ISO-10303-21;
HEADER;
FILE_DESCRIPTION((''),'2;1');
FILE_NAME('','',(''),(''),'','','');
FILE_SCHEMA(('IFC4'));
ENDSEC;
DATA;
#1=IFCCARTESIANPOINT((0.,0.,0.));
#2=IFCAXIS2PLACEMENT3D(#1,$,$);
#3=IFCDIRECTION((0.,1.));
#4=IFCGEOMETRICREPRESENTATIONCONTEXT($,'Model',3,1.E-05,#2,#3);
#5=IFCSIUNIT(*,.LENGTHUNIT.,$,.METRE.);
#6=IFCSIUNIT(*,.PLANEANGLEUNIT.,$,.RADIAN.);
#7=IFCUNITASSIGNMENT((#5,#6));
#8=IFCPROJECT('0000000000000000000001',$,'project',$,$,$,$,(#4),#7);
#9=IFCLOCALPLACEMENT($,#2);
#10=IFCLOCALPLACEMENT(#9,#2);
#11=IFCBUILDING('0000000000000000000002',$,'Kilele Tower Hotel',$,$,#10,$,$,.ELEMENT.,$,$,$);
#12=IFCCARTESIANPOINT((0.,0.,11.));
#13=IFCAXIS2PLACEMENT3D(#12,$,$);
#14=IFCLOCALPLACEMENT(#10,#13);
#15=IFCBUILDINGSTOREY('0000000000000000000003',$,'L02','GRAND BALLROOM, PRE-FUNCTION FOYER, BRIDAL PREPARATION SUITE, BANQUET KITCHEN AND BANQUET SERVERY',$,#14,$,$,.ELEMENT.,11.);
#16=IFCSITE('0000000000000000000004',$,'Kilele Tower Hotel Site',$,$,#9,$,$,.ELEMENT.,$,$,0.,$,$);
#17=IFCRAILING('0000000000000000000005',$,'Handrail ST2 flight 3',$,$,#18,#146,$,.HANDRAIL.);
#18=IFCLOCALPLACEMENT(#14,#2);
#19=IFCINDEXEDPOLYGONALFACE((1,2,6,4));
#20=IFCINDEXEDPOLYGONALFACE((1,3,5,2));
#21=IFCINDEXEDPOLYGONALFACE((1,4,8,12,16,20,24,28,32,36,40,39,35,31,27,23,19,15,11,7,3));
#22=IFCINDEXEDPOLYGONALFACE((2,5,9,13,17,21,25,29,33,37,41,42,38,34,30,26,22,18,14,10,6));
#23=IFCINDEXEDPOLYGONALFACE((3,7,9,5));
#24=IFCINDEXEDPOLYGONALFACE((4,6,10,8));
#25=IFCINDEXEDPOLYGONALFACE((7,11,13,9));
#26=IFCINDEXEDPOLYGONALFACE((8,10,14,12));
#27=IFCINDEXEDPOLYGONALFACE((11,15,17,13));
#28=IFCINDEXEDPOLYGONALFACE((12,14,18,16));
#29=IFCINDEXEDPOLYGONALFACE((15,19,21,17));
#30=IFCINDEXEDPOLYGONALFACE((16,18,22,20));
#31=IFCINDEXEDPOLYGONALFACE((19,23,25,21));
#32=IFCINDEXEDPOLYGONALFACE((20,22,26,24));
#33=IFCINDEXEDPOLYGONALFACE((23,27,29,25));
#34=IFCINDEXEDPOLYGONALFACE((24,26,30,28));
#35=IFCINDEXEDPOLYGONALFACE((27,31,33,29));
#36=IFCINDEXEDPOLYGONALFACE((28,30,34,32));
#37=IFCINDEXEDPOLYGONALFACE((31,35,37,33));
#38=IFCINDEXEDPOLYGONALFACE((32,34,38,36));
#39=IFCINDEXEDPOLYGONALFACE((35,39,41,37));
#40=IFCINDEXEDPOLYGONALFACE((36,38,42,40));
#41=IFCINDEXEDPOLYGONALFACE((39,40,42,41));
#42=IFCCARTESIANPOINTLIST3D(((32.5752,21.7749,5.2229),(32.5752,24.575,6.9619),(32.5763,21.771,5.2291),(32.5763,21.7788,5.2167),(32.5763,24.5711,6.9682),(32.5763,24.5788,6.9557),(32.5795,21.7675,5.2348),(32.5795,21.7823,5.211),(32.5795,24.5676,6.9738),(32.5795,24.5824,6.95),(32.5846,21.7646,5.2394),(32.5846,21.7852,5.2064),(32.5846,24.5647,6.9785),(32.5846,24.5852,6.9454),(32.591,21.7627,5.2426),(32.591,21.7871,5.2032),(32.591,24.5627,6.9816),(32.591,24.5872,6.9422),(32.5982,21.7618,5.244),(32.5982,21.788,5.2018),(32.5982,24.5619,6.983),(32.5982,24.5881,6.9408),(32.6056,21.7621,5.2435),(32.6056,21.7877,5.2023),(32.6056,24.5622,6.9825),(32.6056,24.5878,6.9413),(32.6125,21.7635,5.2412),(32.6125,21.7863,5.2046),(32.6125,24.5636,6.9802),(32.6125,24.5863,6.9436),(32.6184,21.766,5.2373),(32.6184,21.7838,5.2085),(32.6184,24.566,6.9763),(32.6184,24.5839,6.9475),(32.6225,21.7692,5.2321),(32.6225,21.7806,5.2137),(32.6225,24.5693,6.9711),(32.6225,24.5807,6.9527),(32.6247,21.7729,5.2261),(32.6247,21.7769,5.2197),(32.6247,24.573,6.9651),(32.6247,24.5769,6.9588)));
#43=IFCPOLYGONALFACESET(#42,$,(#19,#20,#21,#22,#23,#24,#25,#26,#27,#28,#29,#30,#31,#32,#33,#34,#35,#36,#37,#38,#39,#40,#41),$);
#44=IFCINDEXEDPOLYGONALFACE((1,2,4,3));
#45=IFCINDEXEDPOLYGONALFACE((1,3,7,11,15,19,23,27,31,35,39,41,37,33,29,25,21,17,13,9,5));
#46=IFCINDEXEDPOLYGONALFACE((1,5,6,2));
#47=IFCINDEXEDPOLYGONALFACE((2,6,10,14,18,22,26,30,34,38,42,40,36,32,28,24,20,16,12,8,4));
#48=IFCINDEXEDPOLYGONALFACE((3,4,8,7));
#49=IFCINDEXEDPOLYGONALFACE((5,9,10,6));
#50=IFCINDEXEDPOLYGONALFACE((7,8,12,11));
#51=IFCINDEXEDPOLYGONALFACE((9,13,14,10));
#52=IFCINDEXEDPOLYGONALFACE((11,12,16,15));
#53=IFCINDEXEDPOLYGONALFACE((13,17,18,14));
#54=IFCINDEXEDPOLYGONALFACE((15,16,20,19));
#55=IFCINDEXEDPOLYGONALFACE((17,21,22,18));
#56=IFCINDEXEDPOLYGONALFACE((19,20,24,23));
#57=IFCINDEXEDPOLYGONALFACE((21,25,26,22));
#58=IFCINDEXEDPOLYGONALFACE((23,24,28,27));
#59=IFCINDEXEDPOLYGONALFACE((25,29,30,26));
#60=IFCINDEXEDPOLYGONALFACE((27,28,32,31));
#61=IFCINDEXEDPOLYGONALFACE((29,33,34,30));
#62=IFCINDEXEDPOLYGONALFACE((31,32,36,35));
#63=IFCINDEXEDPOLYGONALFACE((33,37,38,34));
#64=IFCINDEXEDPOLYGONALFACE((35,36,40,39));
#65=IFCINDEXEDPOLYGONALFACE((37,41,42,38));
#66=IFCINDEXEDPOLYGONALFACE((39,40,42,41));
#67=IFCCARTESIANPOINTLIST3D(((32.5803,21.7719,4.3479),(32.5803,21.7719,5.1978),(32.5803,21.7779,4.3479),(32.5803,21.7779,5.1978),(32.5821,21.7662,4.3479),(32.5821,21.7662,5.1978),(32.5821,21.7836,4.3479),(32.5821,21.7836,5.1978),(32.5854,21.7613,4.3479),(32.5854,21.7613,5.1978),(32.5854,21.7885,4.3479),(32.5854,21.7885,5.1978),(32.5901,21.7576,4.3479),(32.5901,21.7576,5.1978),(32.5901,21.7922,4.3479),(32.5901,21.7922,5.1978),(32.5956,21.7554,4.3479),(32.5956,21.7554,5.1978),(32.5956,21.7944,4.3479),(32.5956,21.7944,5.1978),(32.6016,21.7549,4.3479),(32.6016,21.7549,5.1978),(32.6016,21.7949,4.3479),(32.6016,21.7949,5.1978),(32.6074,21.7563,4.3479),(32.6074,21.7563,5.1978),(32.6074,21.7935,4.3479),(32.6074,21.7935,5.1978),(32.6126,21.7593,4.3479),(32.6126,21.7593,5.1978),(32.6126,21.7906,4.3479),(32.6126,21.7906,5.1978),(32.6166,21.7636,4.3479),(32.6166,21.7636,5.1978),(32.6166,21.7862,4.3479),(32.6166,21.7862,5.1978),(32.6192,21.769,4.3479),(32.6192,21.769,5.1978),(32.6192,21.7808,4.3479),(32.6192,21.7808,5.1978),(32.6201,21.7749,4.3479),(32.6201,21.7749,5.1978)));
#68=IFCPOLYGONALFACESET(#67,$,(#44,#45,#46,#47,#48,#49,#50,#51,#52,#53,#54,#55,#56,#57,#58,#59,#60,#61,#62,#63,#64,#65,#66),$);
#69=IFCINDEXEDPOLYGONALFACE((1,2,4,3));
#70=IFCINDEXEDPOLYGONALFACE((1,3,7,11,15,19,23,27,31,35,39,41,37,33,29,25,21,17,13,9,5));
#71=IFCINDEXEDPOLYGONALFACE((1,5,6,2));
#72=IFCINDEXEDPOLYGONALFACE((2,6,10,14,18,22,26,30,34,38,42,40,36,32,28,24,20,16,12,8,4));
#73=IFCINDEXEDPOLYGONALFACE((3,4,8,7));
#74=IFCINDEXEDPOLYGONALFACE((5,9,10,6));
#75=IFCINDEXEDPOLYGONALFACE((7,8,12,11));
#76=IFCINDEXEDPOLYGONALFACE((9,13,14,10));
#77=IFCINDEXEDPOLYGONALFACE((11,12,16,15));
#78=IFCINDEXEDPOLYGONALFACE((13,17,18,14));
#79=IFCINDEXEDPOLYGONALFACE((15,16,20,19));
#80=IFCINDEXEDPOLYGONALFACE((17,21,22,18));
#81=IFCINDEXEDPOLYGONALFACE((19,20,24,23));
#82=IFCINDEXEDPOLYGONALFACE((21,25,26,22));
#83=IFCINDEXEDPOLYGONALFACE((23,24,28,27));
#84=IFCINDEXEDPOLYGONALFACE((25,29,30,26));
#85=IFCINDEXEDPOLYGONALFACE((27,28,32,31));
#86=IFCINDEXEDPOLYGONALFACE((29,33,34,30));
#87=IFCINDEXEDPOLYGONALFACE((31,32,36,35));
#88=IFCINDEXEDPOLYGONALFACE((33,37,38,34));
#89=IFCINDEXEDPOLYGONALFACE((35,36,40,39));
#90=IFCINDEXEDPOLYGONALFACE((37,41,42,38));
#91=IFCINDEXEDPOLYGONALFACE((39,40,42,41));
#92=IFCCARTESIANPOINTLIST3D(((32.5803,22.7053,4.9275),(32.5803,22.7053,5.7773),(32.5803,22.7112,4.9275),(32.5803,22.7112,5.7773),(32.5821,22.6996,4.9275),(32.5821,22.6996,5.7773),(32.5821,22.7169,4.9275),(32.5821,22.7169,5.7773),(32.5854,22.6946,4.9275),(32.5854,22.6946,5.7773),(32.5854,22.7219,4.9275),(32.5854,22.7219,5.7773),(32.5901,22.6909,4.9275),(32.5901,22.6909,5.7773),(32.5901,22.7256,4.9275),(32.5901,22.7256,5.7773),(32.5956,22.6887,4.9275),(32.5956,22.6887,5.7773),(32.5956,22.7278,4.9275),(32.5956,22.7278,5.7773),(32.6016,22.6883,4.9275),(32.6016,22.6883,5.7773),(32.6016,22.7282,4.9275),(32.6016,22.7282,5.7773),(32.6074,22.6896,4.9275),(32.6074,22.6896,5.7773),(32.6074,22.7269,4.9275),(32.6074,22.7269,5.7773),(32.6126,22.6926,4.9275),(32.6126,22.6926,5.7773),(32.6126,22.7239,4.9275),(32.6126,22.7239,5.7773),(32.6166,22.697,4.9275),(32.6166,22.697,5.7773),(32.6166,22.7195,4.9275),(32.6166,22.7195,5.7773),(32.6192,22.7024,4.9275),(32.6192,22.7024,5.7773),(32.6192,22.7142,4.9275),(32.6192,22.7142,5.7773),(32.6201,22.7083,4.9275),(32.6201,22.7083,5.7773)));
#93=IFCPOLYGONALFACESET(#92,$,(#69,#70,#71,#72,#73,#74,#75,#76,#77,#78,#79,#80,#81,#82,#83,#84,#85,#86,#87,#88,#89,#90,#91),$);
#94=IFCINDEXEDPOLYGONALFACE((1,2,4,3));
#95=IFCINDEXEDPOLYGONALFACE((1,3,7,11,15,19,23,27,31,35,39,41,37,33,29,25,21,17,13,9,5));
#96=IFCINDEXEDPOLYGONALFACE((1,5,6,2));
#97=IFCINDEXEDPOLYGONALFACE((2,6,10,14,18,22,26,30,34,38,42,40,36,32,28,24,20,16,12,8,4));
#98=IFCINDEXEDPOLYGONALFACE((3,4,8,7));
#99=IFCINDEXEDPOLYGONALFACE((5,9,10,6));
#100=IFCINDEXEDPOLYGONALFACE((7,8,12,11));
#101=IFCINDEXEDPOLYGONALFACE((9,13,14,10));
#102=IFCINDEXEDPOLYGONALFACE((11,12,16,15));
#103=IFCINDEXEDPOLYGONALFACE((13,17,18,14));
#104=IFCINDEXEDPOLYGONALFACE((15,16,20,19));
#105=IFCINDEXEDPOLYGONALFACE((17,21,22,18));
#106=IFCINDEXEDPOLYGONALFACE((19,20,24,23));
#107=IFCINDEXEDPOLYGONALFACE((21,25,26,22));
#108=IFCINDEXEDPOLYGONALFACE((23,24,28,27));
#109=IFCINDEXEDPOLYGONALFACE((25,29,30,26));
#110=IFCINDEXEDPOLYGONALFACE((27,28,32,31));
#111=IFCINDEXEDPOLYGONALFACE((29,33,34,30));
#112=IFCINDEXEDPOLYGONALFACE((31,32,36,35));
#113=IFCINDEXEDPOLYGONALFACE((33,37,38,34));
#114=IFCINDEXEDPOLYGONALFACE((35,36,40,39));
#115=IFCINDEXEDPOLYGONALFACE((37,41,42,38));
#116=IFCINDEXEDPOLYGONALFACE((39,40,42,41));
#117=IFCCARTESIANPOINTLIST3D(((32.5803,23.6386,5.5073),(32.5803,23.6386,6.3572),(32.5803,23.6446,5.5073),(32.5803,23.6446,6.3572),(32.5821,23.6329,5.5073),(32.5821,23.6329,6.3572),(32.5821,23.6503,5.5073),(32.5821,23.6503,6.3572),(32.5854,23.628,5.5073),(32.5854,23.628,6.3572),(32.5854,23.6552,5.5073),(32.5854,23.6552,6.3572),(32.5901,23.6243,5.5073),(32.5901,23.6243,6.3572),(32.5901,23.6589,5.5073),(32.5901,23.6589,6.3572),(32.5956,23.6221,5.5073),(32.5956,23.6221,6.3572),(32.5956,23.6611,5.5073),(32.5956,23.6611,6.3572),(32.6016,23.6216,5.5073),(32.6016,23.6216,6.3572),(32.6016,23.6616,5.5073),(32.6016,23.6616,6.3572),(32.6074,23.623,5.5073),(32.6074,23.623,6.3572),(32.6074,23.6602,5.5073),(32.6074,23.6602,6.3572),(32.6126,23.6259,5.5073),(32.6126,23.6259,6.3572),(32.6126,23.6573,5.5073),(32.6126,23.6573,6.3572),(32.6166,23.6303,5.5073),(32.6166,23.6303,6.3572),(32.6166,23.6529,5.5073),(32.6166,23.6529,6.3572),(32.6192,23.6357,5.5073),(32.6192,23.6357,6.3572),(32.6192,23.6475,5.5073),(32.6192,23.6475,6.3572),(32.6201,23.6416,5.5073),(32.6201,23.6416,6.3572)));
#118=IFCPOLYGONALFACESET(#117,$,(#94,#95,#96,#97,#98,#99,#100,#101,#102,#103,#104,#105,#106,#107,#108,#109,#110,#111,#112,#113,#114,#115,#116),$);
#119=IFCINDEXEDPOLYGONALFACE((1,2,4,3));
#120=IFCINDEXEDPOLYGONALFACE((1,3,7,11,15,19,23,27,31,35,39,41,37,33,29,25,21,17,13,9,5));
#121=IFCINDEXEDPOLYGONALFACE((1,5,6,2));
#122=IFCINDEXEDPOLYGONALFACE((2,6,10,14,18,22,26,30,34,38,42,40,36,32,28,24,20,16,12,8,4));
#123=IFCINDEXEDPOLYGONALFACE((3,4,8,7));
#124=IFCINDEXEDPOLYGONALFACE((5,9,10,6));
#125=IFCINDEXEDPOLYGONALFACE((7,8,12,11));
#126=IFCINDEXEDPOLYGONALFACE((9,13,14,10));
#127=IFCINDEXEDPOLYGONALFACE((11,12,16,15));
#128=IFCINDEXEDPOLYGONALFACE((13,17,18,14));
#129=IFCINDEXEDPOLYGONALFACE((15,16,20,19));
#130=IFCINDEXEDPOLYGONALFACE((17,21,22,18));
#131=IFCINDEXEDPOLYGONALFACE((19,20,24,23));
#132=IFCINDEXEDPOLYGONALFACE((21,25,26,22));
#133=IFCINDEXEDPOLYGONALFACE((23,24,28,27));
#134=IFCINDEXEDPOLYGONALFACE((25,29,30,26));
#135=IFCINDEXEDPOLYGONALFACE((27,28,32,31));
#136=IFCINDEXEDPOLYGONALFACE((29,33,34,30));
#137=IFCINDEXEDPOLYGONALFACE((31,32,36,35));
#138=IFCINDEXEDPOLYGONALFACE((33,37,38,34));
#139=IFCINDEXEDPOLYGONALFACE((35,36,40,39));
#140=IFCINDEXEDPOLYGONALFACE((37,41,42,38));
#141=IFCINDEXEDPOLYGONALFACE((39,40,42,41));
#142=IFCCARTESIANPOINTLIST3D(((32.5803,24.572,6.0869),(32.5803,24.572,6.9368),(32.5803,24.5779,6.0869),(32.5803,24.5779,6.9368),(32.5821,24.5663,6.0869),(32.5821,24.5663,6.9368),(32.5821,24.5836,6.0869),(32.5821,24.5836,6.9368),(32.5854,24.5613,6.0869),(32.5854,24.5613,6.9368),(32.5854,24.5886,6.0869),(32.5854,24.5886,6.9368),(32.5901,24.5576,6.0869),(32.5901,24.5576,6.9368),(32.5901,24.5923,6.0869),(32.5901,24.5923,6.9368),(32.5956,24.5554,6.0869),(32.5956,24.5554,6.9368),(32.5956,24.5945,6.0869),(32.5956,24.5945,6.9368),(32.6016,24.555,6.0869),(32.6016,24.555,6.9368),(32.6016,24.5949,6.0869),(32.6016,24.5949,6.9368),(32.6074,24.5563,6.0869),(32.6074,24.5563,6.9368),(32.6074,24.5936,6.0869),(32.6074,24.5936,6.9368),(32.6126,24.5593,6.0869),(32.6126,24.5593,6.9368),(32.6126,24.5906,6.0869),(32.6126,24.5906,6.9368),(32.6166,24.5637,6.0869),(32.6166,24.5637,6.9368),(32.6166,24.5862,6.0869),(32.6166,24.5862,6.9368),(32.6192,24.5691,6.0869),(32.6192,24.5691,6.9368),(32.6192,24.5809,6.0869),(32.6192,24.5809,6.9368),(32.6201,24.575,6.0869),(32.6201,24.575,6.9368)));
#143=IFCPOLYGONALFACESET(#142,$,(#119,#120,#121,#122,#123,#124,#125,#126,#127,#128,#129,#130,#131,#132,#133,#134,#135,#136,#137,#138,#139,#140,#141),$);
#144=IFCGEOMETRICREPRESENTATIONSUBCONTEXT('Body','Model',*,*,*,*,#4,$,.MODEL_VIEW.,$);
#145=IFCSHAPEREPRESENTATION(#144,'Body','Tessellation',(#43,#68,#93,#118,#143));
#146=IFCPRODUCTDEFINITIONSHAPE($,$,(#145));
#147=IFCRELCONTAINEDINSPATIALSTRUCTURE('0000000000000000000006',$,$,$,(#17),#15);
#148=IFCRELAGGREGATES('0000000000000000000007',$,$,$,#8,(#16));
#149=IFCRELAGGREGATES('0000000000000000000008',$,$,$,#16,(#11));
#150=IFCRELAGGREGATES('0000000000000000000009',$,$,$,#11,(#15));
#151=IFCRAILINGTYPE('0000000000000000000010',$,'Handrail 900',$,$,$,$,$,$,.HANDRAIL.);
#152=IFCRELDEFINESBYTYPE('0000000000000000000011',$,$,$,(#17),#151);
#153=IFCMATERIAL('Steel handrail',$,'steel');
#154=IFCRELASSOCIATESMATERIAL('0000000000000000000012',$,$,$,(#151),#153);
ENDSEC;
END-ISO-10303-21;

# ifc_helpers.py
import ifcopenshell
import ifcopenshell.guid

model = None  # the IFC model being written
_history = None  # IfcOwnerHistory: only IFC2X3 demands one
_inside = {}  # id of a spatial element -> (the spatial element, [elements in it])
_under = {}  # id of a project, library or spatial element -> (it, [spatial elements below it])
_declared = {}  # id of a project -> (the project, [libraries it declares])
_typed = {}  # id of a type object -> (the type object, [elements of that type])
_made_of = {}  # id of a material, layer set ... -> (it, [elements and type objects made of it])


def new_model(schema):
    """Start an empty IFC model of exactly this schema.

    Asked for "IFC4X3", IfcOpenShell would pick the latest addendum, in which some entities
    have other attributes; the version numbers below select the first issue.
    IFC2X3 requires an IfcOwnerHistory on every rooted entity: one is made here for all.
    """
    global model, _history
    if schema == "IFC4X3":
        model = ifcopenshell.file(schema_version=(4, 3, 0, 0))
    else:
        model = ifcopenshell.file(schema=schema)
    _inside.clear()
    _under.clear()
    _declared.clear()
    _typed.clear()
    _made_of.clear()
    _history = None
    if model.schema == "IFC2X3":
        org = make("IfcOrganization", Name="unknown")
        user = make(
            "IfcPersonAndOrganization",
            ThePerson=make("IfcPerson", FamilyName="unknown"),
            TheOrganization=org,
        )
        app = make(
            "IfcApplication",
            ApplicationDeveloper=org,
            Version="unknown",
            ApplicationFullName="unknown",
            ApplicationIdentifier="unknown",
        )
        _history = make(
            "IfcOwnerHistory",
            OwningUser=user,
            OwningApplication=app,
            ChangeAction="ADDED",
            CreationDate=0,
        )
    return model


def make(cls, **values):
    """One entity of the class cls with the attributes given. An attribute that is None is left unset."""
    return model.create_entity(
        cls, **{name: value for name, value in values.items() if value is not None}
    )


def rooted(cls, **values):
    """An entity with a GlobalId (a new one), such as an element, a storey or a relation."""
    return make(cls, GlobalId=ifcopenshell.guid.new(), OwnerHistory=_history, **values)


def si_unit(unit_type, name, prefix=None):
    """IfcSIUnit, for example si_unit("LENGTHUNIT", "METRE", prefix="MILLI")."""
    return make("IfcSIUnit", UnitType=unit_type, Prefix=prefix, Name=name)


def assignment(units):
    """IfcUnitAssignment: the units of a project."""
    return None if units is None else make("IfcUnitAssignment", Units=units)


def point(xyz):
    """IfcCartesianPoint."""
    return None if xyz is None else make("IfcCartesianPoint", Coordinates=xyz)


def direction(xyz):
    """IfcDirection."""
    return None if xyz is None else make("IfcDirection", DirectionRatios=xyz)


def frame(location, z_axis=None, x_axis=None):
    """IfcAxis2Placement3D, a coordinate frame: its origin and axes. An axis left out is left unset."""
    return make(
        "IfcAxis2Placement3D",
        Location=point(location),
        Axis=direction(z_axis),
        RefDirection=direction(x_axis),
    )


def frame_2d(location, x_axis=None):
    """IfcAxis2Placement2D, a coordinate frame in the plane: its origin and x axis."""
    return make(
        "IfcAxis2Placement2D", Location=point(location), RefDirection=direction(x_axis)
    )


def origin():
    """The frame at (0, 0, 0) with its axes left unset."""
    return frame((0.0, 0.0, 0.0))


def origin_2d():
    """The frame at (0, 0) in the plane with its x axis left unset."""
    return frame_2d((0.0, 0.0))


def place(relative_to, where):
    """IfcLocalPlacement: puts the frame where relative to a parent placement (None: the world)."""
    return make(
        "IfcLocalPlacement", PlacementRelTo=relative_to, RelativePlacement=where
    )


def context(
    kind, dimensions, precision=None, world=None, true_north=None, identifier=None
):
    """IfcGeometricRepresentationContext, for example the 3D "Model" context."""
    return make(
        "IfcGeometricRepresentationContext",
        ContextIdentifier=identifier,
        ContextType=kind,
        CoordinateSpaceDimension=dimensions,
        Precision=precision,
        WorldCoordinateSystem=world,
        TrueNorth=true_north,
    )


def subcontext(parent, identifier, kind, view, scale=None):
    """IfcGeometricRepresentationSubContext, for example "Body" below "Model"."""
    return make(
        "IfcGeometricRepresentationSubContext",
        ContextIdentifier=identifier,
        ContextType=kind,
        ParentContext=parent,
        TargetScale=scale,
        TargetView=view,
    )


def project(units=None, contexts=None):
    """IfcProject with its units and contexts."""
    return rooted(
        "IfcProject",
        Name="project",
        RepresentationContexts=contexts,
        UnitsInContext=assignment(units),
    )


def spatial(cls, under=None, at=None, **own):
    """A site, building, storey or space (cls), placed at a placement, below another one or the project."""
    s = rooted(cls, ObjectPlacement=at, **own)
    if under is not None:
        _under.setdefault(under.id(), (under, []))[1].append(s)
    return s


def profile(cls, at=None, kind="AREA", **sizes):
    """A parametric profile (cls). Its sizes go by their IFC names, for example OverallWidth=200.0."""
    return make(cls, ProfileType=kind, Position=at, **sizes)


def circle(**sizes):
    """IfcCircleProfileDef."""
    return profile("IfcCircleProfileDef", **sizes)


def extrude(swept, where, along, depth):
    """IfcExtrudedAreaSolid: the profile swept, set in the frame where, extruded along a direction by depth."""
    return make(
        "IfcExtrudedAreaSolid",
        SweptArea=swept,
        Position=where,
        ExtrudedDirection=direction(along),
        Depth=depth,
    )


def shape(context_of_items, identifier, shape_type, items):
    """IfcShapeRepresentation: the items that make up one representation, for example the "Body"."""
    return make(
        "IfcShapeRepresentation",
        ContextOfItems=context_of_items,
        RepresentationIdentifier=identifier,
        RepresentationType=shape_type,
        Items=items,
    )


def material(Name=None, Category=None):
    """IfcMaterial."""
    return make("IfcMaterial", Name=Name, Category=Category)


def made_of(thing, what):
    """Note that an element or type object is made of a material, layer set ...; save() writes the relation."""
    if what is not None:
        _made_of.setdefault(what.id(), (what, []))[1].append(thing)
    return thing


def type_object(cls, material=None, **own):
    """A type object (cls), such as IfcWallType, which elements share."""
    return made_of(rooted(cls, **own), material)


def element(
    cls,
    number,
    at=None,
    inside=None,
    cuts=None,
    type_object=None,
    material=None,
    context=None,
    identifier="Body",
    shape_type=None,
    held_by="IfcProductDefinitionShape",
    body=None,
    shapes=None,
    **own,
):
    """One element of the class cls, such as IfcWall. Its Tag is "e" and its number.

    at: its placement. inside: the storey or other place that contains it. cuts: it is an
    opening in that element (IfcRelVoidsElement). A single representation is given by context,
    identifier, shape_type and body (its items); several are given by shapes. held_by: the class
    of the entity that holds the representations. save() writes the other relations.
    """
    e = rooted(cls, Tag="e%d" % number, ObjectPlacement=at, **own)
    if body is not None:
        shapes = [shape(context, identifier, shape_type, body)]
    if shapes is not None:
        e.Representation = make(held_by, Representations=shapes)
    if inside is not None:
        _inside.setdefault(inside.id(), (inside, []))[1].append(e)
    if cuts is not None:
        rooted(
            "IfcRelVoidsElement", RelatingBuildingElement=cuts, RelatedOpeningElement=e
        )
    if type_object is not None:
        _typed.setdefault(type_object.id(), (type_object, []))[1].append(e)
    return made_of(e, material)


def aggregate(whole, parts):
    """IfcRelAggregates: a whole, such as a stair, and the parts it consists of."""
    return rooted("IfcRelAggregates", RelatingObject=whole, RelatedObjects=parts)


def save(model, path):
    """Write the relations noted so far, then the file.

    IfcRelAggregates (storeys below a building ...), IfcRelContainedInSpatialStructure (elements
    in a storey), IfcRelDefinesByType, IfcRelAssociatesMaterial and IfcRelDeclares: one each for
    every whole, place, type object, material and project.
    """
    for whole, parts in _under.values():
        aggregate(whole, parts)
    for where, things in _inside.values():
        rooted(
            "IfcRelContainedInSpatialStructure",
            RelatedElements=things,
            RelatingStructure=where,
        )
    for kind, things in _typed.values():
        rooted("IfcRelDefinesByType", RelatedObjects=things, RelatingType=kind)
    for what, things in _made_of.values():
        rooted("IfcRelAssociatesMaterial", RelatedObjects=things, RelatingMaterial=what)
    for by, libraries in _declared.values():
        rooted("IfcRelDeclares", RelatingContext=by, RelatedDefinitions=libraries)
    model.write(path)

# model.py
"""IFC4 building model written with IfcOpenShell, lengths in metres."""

from ifc_helpers import new_model, si_unit, direction, frame, origin, origin_2d, place, context, subcontext, project, spatial, circle, extrude, material, type_object, element, save


model = new_model("IFC4")

# Units and contexts
model_context = context("Model", 3, precision=1e-05, world=origin(), true_north=direction((0.0, 1.0)))
body_context = subcontext(model_context, "Body", "Model", "MODEL_VIEW")
ifc_project = project(units=[si_unit("LENGTHUNIT", "METRE"), si_unit("PLANEANGLEUNIT", "RADIAN")], contexts=[model_context])

# Site, building, storey
site_placement = place(None, origin())
site = spatial("IfcSite", under=ifc_project, at=site_placement, Name="Kilele Tower Hotel Site", CompositionType="ELEMENT", RefElevation=0.0)
building_placement = place(site_placement, origin())
building = spatial("IfcBuilding", under=site, at=building_placement, Name="Kilele Tower Hotel", CompositionType="ELEMENT")
storey_placement = place(building_placement, frame((0.0, 0.0, 11.0)))
storey = spatial("IfcBuildingStorey", under=building, at=storey_placement, Name="L02", Description="GRAND BALLROOM, PRE-FUNCTION FOYER, BRIDAL PREPARATION SUITE, BANQUET KITCHEN AND BANQUET SERVERY", CompositionType="ELEMENT", Elevation=11.0)

# Railing
ifc_material_1 = material(Name="Steel handrail", Category="steel")
railing_type = type_object("IfcRailingType", Name="Handrail 900", PredefinedType="HANDRAIL", material=ifc_material_1)
railing_1_placement = place(storey_placement, frame((32.6001, 21.7749, 4.3479)))
element("IfcRailing", 1, at=railing_1_placement, inside=storey, type_object=railing_type, Name="Handrail ST2 flight 3", PredefinedType="HANDRAIL", context=body_context, shape_type="SweptSolid", body=[
    extrude(circle(Radius=0.0249, at=origin_2d()), frame((0.0, 0.0, 0.875), z_axis=(0.0, 0.849497, 0.527593), x_axis=(-1.0, 0.0, 0.0)), (0.0, 0.0, 1.0), 3.2961),
    extrude(circle(Radius=0.02, at=origin_2d()), origin(), (0.0, 0.0, 1.0), 0.8499),
    extrude(circle(Radius=0.02, at=origin_2d()), frame((0.0, 0.9333, 0.5796)), (0.0, 0.0, 1.0), 0.8499),
    extrude(circle(Radius=0.02, at=origin_2d()), frame((0.0, 1.8667, 1.1594)), (0.0, 0.0, 1.0), 0.8499),
    extrude(circle(Radius=0.02, at=origin_2d()), frame((0.0, 2.8, 1.739)), (0.0, 0.0, 1.0), 0.8499),
])

save(model, "model.ifc")
